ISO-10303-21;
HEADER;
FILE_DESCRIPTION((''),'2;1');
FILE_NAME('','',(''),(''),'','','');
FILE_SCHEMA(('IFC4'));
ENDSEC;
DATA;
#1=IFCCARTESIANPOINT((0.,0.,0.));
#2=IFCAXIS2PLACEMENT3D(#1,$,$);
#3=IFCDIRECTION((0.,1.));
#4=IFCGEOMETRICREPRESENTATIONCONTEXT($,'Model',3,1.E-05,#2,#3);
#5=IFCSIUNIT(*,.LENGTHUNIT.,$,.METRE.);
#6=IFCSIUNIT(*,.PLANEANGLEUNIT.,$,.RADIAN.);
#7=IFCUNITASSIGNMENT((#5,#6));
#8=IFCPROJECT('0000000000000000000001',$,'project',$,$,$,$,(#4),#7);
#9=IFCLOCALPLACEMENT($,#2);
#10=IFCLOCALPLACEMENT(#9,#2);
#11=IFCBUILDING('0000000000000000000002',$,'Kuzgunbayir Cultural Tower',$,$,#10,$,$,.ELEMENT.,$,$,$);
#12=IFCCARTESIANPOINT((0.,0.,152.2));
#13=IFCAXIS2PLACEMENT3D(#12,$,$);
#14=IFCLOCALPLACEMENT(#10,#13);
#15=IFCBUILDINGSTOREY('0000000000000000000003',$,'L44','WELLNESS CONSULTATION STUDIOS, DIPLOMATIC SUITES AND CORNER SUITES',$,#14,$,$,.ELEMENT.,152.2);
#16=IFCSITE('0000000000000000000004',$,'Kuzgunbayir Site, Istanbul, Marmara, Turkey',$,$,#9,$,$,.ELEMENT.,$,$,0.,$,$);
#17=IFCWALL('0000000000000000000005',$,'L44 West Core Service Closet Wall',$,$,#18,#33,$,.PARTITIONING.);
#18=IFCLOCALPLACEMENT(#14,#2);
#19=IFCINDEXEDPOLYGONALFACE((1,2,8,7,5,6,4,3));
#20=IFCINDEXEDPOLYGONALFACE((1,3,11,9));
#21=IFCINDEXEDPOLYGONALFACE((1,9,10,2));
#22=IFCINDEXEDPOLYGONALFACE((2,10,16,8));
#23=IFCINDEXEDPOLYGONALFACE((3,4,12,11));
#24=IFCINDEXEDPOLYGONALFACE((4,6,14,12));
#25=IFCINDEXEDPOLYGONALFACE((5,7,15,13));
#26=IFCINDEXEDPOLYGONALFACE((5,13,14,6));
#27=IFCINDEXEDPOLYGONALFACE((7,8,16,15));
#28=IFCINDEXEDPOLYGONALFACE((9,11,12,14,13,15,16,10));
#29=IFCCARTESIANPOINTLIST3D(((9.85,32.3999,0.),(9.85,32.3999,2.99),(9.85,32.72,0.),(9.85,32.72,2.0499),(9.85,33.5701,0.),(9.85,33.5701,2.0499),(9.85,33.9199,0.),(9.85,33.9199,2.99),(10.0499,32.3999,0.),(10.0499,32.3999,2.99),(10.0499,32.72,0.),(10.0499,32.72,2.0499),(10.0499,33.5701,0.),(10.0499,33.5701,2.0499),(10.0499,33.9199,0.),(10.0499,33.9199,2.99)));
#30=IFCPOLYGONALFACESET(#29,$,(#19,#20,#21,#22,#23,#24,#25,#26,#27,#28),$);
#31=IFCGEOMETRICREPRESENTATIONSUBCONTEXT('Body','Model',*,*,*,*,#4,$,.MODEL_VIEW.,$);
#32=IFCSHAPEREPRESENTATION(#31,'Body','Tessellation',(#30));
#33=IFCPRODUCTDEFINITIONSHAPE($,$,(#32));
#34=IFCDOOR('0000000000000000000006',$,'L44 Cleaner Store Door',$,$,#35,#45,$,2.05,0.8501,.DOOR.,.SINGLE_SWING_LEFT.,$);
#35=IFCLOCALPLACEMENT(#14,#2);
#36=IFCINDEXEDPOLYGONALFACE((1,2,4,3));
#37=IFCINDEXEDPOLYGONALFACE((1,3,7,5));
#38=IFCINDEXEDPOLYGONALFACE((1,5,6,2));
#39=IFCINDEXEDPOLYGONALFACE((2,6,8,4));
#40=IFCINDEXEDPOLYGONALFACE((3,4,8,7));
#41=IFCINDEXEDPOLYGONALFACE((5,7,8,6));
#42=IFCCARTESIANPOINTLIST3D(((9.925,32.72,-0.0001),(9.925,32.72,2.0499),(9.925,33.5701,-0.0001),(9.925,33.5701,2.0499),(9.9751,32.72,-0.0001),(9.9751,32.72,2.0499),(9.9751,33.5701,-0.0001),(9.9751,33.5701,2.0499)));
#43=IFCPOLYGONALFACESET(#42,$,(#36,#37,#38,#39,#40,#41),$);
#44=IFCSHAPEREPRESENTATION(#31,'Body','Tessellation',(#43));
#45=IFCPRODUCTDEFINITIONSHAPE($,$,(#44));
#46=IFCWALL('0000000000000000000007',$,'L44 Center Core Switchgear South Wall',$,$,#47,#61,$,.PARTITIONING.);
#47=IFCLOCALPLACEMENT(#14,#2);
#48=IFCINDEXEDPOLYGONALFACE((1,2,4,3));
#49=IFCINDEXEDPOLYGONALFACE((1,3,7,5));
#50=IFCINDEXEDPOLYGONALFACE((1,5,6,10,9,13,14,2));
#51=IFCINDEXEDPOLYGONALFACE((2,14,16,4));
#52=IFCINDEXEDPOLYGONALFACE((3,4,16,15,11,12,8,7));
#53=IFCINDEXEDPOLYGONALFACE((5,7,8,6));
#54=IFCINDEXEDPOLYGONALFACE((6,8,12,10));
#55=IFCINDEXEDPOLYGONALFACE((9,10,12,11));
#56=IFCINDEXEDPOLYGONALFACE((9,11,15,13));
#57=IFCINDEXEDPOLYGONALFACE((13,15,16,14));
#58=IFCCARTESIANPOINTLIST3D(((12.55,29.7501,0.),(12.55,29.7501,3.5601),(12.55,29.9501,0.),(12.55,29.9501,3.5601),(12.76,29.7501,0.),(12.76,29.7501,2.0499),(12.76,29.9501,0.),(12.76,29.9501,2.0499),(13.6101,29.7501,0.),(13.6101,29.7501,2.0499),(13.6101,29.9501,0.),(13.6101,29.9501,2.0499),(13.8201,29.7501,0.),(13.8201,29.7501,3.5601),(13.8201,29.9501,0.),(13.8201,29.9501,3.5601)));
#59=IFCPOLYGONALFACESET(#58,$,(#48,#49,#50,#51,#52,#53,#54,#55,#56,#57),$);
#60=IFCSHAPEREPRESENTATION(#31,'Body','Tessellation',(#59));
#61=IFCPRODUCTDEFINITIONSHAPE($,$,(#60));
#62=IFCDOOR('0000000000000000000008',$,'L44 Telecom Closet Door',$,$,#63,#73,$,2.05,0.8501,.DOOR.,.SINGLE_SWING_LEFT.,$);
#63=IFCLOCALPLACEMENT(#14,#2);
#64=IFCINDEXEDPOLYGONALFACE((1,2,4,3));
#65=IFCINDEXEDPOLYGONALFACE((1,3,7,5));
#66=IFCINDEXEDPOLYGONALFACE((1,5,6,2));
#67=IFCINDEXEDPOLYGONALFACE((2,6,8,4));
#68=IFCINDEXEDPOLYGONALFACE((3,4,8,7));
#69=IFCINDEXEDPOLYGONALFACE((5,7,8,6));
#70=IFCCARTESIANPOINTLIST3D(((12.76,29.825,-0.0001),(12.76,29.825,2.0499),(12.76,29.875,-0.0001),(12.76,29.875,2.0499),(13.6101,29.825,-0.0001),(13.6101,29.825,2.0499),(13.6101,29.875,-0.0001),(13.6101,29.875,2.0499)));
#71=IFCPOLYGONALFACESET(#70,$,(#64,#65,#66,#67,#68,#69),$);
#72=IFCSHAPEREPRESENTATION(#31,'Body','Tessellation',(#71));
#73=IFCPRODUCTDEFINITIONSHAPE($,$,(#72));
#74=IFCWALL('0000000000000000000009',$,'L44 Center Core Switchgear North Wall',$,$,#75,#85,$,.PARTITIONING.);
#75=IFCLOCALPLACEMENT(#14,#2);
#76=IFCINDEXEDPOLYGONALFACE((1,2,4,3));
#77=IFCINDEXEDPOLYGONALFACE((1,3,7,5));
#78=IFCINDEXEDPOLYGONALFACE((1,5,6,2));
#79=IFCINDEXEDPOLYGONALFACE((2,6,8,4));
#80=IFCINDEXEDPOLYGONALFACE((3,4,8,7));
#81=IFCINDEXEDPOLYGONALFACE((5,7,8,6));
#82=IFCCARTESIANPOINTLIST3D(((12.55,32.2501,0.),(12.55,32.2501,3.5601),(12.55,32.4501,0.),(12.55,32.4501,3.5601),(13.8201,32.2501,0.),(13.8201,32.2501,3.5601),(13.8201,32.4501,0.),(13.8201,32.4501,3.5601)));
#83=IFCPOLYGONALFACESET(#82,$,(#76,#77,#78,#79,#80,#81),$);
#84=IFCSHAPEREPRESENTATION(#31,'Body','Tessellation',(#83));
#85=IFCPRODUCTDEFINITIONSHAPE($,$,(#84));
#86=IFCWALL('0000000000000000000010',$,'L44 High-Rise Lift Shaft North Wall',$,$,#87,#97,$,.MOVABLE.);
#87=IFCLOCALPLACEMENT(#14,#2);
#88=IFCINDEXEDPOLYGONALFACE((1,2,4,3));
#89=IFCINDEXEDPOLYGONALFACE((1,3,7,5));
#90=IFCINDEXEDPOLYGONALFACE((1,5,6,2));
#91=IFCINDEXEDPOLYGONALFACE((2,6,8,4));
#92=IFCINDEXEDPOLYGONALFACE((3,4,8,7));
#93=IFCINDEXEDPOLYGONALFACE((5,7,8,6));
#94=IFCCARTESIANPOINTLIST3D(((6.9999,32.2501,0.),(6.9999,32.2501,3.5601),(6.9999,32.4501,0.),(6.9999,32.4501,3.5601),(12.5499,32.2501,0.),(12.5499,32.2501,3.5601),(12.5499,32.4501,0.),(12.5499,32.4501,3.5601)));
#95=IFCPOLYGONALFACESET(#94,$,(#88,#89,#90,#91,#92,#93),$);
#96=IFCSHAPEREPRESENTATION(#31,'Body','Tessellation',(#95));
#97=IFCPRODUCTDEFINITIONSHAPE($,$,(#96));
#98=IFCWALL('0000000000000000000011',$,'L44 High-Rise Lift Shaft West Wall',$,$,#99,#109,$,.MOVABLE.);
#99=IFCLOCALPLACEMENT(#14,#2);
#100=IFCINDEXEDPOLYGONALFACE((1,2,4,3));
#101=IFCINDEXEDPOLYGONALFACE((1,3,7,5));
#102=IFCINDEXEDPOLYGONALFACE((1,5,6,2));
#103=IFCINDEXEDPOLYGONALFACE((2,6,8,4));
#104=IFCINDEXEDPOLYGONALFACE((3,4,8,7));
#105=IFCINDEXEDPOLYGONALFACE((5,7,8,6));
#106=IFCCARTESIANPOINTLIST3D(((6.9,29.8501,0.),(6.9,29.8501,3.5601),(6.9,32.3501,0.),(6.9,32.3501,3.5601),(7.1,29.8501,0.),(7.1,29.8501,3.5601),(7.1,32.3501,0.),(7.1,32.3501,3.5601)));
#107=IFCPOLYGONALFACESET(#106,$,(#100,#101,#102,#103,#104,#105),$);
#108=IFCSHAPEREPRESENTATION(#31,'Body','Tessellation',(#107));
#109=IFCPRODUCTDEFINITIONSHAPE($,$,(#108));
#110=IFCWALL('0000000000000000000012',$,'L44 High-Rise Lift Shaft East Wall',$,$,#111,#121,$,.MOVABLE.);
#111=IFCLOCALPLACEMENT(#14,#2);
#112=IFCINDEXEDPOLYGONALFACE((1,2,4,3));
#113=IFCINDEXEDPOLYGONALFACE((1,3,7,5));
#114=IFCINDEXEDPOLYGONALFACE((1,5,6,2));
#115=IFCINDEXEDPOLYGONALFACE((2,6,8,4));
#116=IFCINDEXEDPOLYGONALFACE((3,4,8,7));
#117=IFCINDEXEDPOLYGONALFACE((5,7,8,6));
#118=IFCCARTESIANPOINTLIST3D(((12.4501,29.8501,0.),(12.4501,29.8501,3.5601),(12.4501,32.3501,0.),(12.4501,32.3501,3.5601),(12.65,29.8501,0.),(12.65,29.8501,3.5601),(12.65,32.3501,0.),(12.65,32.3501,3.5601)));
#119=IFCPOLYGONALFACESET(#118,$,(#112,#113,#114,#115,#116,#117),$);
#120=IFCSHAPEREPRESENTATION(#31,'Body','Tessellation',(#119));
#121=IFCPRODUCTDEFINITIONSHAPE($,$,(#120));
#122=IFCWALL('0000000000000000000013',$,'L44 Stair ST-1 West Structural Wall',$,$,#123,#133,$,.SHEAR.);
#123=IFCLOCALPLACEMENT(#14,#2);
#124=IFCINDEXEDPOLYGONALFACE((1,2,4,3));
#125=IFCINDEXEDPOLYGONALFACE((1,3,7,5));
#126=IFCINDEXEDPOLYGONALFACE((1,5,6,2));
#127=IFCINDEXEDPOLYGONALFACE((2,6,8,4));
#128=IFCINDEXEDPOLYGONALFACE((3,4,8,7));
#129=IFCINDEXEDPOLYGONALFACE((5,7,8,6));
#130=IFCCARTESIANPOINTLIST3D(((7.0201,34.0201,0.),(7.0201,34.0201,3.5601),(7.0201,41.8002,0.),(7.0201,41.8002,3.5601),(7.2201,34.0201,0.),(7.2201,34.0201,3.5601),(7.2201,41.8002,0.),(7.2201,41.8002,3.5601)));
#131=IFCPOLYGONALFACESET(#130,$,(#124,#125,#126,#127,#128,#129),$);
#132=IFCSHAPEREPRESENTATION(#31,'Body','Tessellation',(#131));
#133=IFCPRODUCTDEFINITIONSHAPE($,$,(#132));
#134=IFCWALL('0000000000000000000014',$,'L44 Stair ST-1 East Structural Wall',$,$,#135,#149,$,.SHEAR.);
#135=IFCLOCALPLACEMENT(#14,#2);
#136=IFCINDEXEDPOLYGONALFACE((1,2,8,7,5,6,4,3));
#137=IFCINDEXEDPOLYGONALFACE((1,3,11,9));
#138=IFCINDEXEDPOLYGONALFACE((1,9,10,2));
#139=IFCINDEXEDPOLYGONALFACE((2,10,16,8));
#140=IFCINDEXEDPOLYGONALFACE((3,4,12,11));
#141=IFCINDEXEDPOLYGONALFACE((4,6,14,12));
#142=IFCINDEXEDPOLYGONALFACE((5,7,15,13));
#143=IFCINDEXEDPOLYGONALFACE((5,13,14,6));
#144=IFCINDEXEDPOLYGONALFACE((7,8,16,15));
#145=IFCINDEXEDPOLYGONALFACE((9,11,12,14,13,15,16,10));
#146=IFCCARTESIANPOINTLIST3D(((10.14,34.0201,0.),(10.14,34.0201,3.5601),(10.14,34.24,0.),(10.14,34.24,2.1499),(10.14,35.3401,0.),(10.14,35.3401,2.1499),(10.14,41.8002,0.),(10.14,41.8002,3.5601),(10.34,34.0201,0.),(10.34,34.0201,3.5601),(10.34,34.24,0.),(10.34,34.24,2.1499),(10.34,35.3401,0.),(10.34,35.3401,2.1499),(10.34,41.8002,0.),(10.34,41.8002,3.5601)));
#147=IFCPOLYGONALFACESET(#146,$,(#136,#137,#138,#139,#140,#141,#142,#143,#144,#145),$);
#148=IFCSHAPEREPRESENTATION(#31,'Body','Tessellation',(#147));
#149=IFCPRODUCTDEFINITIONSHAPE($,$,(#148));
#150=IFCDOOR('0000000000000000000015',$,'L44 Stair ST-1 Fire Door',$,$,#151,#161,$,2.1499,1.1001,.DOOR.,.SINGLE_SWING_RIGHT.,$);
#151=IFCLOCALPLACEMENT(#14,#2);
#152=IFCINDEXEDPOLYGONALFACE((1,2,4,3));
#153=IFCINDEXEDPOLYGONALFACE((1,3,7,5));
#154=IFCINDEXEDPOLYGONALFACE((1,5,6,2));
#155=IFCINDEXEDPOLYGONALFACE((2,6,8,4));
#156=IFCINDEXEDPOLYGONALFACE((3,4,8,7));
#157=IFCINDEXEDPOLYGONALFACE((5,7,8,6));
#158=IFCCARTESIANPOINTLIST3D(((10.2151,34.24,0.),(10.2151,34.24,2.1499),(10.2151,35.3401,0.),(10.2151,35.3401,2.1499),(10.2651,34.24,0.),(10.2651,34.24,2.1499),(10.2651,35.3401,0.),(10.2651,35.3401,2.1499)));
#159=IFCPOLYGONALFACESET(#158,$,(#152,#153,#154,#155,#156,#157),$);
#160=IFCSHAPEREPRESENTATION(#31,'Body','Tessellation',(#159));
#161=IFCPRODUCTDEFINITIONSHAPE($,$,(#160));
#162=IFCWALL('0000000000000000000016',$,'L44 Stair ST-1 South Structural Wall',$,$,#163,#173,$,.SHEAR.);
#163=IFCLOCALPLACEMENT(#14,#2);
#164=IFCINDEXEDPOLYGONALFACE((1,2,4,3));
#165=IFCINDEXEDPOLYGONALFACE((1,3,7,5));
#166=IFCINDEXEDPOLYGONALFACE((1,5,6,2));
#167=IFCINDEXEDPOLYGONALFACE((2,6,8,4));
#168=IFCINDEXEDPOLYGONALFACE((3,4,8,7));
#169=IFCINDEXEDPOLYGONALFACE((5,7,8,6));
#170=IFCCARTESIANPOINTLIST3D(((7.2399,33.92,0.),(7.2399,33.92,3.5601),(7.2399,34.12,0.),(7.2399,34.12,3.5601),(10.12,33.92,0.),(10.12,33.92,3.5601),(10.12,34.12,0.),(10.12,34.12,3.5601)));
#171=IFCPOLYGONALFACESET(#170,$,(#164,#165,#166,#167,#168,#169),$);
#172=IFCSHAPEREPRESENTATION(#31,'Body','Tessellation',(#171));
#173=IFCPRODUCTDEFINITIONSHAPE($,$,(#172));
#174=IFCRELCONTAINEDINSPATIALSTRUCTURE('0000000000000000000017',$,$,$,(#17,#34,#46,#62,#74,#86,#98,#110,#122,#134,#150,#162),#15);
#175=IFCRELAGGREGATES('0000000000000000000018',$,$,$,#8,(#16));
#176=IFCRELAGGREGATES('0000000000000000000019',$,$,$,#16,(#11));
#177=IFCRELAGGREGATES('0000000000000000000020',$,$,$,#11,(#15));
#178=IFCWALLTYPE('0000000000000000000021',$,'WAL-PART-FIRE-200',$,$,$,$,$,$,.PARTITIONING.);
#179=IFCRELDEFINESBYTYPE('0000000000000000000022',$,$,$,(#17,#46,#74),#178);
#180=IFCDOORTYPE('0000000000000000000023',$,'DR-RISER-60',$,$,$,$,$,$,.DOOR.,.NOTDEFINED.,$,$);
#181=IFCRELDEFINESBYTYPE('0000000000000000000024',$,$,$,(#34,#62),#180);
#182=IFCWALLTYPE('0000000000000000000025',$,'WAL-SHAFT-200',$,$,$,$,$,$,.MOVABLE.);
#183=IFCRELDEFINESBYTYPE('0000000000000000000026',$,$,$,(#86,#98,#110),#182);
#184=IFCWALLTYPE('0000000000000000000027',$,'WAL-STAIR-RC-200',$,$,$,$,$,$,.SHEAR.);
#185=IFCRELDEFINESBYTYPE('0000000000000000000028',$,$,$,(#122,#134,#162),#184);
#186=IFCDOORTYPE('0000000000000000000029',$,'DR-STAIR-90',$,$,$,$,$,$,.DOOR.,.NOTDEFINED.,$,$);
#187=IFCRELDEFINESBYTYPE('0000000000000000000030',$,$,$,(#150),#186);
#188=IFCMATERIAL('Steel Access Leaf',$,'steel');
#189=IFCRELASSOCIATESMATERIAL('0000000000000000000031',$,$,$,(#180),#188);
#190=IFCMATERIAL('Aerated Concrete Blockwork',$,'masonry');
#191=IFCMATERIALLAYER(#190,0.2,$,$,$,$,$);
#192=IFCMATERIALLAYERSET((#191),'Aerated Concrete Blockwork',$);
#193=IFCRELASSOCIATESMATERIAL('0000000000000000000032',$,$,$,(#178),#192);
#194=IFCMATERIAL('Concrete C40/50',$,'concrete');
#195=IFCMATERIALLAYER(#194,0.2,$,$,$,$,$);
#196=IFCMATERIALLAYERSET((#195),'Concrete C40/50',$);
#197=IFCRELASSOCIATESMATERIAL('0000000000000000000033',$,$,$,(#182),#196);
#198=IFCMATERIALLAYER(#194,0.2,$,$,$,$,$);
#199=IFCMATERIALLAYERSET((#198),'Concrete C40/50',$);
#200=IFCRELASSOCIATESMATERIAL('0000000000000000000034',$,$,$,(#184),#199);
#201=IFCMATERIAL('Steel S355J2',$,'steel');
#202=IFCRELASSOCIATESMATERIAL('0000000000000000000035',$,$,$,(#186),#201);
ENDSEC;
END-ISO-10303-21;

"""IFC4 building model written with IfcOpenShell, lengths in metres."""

from ifc_helpers import new_model, si_unit, direction, frame, frame_2d, origin, place, context, subcontext, project, spatial, rectangle, extrude, material, layer, layer_set, type_object, element, fill, save


model = new_model("IFC4")

# Units and contexts
model_context = context("Model", 3, precision=1e-05, world=origin(), true_north=direction((0.0, 1.0)))
body_context = subcontext(model_context, "Body", "Model", "MODEL_VIEW")
ifc_project = project(units=[si_unit("LENGTHUNIT", "METRE"), si_unit("PLANEANGLEUNIT", "RADIAN")], contexts=[model_context])

# Site, building, storey
site_placement = place(None, origin())
site = spatial("IfcSite", under=ifc_project, at=site_placement, Name="Kuzgunbayir Site, Istanbul, Marmara, Turkey", CompositionType="ELEMENT", RefElevation=0.0)
building_placement = place(site_placement, origin())
building = spatial("IfcBuilding", under=site, at=building_placement, Name="Kuzgunbayir Cultural Tower", CompositionType="ELEMENT")
storey_placement = place(building_placement, frame((0.0, 0.0, 152.2)))
storey = spatial("IfcBuildingStorey", under=building, at=storey_placement, Name="L44", Description="WELLNESS CONSULTATION STUDIOS, DIPLOMATIC SUITES AND CORNER SUITES", CompositionType="ELEMENT", Elevation=152.2)

# Shared definitions
ifc_material_1 = material(Name="Steel S355J2", Category="steel")

# Shared definitions
ifc_material_2 = material(Name="Steel Access Leaf", Category="steel")
door_type_1 = type_object("IfcDoorType", Name="DR-RISER-60", OperationType="NOTDEFINED", PredefinedType="DOOR", material=ifc_material_2)

# Shared definitions
ifc_material_3 = material(Name="Aerated Concrete Blockwork", Category="masonry")
ifc_layer_1 = layer(ifc_material_3, 0.2)
ifc_layer_set_1 = layer_set([ifc_layer_1], Name="Aerated Concrete Blockwork")
wall_type_1 = type_object("IfcWallType", Name="WAL-PART-FIRE-200", PredefinedType="PARTITIONING", material=ifc_layer_set_1)

# Walls, openings, doors
wall_1_placement = place(storey_placement, frame((9.95, 32.3999, 0.0), z_axis=(0.0, 0.0, 1.0), x_axis=(0.0, 1.0, 0.0)))
wall_1 = element("IfcWall", 1, at=wall_1_placement, inside=storey, type_object=wall_type_1, Name="L44 West Core Service Closet Wall", PredefinedType="PARTITIONING", context=body_context, shape_type="SweptSolid", body=[
    extrude(rectangle(XDim=1.52, YDim=0.2, at=frame_2d((0.76, 0.0))), origin(), (0.0, 0.0, 1.0), 2.99),
])
opening_1_placement = place(wall_1_placement, frame((0.3201, 0.0, 0.0)))
opening_1 = element("IfcOpeningElement", 2, at=opening_1_placement, cuts=wall_1, PredefinedType="OPENING", context=body_context, shape_type="SweptSolid", body=[
    extrude(rectangle(XDim=0.8501, YDim=2.05, at=frame_2d((0.425, 1.0249))), frame((0.0, 0.1099, 0.0), z_axis=(0.0, -1.0, 0.0), x_axis=(1.0, 0.0, 0.0)), (0.0, 0.0, 1.0), 0.22),
])
door_1_placement = place(opening_1_placement, origin())
door_1 = element("IfcDoor", 3, at=door_1_placement, inside=storey, type_object=door_type_1, Name="L44 Cleaner Store Door", OperationType="SINGLE_SWING_LEFT", OverallHeight=2.05, OverallWidth=0.8501, PredefinedType="DOOR", context=body_context, shape_type="SweptSolid", body=[
    extrude(rectangle(XDim=0.8501, YDim=2.05, at=frame_2d((0.425, 1.0249))), frame((0.0, 0.0249, 0.0), z_axis=(0.0, -1.0, 0.0), x_axis=(1.0, 0.0, 0.0)), (0.0, 0.0, 1.0), 0.05),
])
fill(opening_1, door_1)
wall_2_placement = place(storey_placement, frame((12.55, 29.8501, 0.0), z_axis=(0.0, 0.0, 1.0), x_axis=(1.0, 0.0, 0.0)))
wall_2 = element("IfcWall", 4, at=wall_2_placement, inside=storey, type_object=wall_type_1, Name="L44 Center Core Switchgear South Wall", PredefinedType="PARTITIONING", context=body_context, shape_type="SweptSolid", body=[
    extrude(rectangle(XDim=1.27, YDim=0.2, at=frame_2d((0.635, 0.0))), origin(), (0.0, 0.0, 1.0), 3.5601),
])
opening_2_placement = place(wall_2_placement, frame((0.21, 0.0, 0.0)))
opening_2 = element("IfcOpeningElement", 5, at=opening_2_placement, cuts=wall_2, PredefinedType="OPENING", context=body_context, shape_type="SweptSolid", body=[
    extrude(rectangle(XDim=0.8501, YDim=2.05, at=frame_2d((0.425, 1.0249))), frame((0.0, 0.1099, 0.0), z_axis=(0.0, -1.0, 0.0), x_axis=(1.0, 0.0, 0.0)), (0.0, 0.0, 1.0), 0.22),
])
door_2_placement = place(opening_2_placement, origin())
door_2 = element("IfcDoor", 6, at=door_2_placement, inside=storey, type_object=door_type_1, Name="L44 Telecom Closet Door", OperationType="SINGLE_SWING_LEFT", OverallHeight=2.05, OverallWidth=0.8501, PredefinedType="DOOR", context=body_context, shape_type="SweptSolid", body=[
    extrude(rectangle(XDim=0.8501, YDim=2.05, at=frame_2d((0.425, 1.0249))), frame((0.0, 0.0249, 0.0), z_axis=(0.0, -1.0, 0.0), x_axis=(1.0, 0.0, 0.0)), (0.0, 0.0, 1.0), 0.05),
])
fill(opening_2, door_2)

# Wall
wall_3_placement = place(storey_placement, frame((12.55, 32.3501, 0.0), z_axis=(0.0, 0.0, 1.0), x_axis=(1.0, 0.0, 0.0)))
element("IfcWall", 7, at=wall_3_placement, inside=storey, type_object=wall_type_1, Name="L44 Center Core Switchgear North Wall", PredefinedType="PARTITIONING", context=body_context, shape_type="SweptSolid", body=[
    extrude(rectangle(XDim=1.27, YDim=0.2, at=frame_2d((0.635, 0.0))), origin(), (0.0, 0.0, 1.0), 3.5601),
])

# Shared definitions
ifc_material_4 = material(Name="Concrete C40/50", Category="concrete")
ifc_layer_2 = layer(ifc_material_4, 0.2)
ifc_layer_set_2 = layer_set([ifc_layer_2], Name="Concrete C40/50")
wall_type_2 = type_object("IfcWallType", Name="WAL-SHAFT-200", PredefinedType="MOVABLE", material=ifc_layer_set_2)

# Walls
wall_4_placement = place(storey_placement, frame((7.0, 32.3501, 0.0), z_axis=(0.0, 0.0, 1.0), x_axis=(1.0, 0.0, 0.0)))
element("IfcWall", 8, at=wall_4_placement, inside=storey, type_object=wall_type_2, Name="L44 High-Rise Lift Shaft North Wall", PredefinedType="MOVABLE", context=body_context, shape_type="SweptSolid", body=[
    extrude(rectangle(XDim=5.55, YDim=0.2, at=frame_2d((2.7749, 0.0))), origin(), (0.0, 0.0, 1.0), 3.5601),
])
for number, where, z_axis, x_axis, name in (
    (9, (7.0, 29.8501, 0.0), (0.0, 0.0, 1.0), (0.0, 1.0, 0.0), "L44 High-Rise Lift Shaft West Wall"),
    (10, (12.55, 29.8501, 0.0), (0.0, 0.0, 1.0), (0.0, 1.0, 0.0), "L44 High-Rise Lift Shaft East Wall"),
):
    element("IfcWall", number, at=place(storey_placement, frame(where, z_axis=z_axis, x_axis=x_axis)), inside=storey, type_object=wall_type_2, Name=name, PredefinedType="MOVABLE", context=body_context, shape_type="SweptSolid", body=[
        extrude(rectangle(XDim=2.5, YDim=0.2, at=frame_2d((1.25, 0.0))), origin(), (0.0, 0.0, 1.0), 3.5601),
    ])
ifc_layer_3 = layer(ifc_material_4, 0.2)
ifc_layer_set_3 = layer_set([ifc_layer_3], Name="Concrete C40/50")
wall_type_3 = type_object("IfcWallType", Name="WAL-STAIR-RC-200", PredefinedType="SHEAR", material=ifc_layer_set_3)
wall_5_placement = place(storey_placement, frame((7.1201, 34.02, 0.0), z_axis=(0.0, 0.0, 1.0), x_axis=(0.0, 1.0, 0.0)))
element("IfcWall", 11, at=wall_5_placement, inside=storey, type_object=wall_type_3, Name="L44 Stair ST-1 West Structural Wall", PredefinedType="SHEAR", context=body_context, shape_type="SweptSolid", body=[
    extrude(rectangle(XDim=7.78, YDim=0.2, at=frame_2d((3.8901, 0.0))), origin(), (0.0, 0.0, 1.0), 3.5601),
])

# Wall, opening, door
wall_6_placement = place(storey_placement, frame((10.24, 34.02, 0.0), z_axis=(0.0, 0.0, 1.0), x_axis=(0.0, 1.0, 0.0)))
wall_6 = element("IfcWall", 12, at=wall_6_placement, inside=storey, type_object=wall_type_3, Name="L44 Stair ST-1 East Structural Wall", PredefinedType="SHEAR", context=body_context, shape_type="SweptSolid", body=[
    extrude(rectangle(XDim=7.78, YDim=0.2, at=frame_2d((3.8901, 0.0))), origin(), (0.0, 0.0, 1.0), 3.5601),
])
opening_3_placement = place(wall_6_placement, frame((0.22, 0.0, 0.0)))
opening_3 = element("IfcOpeningElement", 13, at=opening_3_placement, cuts=wall_6, PredefinedType="OPENING", context=body_context, shape_type="SweptSolid", body=[
    extrude(rectangle(XDim=1.1001, YDim=2.1499, at=frame_2d((0.55, 1.075))), frame((0.0, 0.1099, 0.0), z_axis=(0.0, -1.0, 0.0), x_axis=(1.0, 0.0, 0.0)), (0.0, 0.0, 1.0), 0.22),
])
door_type_2 = type_object("IfcDoorType", Name="DR-STAIR-90", OperationType="NOTDEFINED", PredefinedType="DOOR", material=ifc_material_1)
door_3_placement = place(opening_3_placement, origin())
door_3 = element("IfcDoor", 14, at=door_3_placement, inside=storey, type_object=door_type_2, Name="L44 Stair ST-1 Fire Door", OperationType="SINGLE_SWING_RIGHT", OverallHeight=2.1499, OverallWidth=1.1001, PredefinedType="DOOR", context=body_context, shape_type="SweptSolid", body=[
    extrude(rectangle(XDim=1.1001, YDim=2.1499, at=frame_2d((0.55, 1.075))), frame((0.0, 0.0249, 0.0), z_axis=(0.0, -1.0, 0.0), x_axis=(1.0, 0.0, 0.0)), (0.0, 0.0, 1.0), 0.05),
])
fill(opening_3, door_3)

# Wall
wall_7_placement = place(storey_placement, frame((7.24, 34.02, 0.0), z_axis=(0.0, 0.0, 1.0), x_axis=(1.0, 0.0, 0.0)))
element("IfcWall", 15, at=wall_7_placement, inside=storey, type_object=wall_type_3, Name="L44 Stair ST-1 South Structural Wall", PredefinedType="SHEAR", context=body_context, shape_type="SweptSolid", body=[
    extrude(rectangle(XDim=2.8801, YDim=0.2, at=frame_2d((1.4399, 0.0))), origin(), (0.0, 0.0, 1.0), 3.5601),
])

save(model, "model.ifc")
